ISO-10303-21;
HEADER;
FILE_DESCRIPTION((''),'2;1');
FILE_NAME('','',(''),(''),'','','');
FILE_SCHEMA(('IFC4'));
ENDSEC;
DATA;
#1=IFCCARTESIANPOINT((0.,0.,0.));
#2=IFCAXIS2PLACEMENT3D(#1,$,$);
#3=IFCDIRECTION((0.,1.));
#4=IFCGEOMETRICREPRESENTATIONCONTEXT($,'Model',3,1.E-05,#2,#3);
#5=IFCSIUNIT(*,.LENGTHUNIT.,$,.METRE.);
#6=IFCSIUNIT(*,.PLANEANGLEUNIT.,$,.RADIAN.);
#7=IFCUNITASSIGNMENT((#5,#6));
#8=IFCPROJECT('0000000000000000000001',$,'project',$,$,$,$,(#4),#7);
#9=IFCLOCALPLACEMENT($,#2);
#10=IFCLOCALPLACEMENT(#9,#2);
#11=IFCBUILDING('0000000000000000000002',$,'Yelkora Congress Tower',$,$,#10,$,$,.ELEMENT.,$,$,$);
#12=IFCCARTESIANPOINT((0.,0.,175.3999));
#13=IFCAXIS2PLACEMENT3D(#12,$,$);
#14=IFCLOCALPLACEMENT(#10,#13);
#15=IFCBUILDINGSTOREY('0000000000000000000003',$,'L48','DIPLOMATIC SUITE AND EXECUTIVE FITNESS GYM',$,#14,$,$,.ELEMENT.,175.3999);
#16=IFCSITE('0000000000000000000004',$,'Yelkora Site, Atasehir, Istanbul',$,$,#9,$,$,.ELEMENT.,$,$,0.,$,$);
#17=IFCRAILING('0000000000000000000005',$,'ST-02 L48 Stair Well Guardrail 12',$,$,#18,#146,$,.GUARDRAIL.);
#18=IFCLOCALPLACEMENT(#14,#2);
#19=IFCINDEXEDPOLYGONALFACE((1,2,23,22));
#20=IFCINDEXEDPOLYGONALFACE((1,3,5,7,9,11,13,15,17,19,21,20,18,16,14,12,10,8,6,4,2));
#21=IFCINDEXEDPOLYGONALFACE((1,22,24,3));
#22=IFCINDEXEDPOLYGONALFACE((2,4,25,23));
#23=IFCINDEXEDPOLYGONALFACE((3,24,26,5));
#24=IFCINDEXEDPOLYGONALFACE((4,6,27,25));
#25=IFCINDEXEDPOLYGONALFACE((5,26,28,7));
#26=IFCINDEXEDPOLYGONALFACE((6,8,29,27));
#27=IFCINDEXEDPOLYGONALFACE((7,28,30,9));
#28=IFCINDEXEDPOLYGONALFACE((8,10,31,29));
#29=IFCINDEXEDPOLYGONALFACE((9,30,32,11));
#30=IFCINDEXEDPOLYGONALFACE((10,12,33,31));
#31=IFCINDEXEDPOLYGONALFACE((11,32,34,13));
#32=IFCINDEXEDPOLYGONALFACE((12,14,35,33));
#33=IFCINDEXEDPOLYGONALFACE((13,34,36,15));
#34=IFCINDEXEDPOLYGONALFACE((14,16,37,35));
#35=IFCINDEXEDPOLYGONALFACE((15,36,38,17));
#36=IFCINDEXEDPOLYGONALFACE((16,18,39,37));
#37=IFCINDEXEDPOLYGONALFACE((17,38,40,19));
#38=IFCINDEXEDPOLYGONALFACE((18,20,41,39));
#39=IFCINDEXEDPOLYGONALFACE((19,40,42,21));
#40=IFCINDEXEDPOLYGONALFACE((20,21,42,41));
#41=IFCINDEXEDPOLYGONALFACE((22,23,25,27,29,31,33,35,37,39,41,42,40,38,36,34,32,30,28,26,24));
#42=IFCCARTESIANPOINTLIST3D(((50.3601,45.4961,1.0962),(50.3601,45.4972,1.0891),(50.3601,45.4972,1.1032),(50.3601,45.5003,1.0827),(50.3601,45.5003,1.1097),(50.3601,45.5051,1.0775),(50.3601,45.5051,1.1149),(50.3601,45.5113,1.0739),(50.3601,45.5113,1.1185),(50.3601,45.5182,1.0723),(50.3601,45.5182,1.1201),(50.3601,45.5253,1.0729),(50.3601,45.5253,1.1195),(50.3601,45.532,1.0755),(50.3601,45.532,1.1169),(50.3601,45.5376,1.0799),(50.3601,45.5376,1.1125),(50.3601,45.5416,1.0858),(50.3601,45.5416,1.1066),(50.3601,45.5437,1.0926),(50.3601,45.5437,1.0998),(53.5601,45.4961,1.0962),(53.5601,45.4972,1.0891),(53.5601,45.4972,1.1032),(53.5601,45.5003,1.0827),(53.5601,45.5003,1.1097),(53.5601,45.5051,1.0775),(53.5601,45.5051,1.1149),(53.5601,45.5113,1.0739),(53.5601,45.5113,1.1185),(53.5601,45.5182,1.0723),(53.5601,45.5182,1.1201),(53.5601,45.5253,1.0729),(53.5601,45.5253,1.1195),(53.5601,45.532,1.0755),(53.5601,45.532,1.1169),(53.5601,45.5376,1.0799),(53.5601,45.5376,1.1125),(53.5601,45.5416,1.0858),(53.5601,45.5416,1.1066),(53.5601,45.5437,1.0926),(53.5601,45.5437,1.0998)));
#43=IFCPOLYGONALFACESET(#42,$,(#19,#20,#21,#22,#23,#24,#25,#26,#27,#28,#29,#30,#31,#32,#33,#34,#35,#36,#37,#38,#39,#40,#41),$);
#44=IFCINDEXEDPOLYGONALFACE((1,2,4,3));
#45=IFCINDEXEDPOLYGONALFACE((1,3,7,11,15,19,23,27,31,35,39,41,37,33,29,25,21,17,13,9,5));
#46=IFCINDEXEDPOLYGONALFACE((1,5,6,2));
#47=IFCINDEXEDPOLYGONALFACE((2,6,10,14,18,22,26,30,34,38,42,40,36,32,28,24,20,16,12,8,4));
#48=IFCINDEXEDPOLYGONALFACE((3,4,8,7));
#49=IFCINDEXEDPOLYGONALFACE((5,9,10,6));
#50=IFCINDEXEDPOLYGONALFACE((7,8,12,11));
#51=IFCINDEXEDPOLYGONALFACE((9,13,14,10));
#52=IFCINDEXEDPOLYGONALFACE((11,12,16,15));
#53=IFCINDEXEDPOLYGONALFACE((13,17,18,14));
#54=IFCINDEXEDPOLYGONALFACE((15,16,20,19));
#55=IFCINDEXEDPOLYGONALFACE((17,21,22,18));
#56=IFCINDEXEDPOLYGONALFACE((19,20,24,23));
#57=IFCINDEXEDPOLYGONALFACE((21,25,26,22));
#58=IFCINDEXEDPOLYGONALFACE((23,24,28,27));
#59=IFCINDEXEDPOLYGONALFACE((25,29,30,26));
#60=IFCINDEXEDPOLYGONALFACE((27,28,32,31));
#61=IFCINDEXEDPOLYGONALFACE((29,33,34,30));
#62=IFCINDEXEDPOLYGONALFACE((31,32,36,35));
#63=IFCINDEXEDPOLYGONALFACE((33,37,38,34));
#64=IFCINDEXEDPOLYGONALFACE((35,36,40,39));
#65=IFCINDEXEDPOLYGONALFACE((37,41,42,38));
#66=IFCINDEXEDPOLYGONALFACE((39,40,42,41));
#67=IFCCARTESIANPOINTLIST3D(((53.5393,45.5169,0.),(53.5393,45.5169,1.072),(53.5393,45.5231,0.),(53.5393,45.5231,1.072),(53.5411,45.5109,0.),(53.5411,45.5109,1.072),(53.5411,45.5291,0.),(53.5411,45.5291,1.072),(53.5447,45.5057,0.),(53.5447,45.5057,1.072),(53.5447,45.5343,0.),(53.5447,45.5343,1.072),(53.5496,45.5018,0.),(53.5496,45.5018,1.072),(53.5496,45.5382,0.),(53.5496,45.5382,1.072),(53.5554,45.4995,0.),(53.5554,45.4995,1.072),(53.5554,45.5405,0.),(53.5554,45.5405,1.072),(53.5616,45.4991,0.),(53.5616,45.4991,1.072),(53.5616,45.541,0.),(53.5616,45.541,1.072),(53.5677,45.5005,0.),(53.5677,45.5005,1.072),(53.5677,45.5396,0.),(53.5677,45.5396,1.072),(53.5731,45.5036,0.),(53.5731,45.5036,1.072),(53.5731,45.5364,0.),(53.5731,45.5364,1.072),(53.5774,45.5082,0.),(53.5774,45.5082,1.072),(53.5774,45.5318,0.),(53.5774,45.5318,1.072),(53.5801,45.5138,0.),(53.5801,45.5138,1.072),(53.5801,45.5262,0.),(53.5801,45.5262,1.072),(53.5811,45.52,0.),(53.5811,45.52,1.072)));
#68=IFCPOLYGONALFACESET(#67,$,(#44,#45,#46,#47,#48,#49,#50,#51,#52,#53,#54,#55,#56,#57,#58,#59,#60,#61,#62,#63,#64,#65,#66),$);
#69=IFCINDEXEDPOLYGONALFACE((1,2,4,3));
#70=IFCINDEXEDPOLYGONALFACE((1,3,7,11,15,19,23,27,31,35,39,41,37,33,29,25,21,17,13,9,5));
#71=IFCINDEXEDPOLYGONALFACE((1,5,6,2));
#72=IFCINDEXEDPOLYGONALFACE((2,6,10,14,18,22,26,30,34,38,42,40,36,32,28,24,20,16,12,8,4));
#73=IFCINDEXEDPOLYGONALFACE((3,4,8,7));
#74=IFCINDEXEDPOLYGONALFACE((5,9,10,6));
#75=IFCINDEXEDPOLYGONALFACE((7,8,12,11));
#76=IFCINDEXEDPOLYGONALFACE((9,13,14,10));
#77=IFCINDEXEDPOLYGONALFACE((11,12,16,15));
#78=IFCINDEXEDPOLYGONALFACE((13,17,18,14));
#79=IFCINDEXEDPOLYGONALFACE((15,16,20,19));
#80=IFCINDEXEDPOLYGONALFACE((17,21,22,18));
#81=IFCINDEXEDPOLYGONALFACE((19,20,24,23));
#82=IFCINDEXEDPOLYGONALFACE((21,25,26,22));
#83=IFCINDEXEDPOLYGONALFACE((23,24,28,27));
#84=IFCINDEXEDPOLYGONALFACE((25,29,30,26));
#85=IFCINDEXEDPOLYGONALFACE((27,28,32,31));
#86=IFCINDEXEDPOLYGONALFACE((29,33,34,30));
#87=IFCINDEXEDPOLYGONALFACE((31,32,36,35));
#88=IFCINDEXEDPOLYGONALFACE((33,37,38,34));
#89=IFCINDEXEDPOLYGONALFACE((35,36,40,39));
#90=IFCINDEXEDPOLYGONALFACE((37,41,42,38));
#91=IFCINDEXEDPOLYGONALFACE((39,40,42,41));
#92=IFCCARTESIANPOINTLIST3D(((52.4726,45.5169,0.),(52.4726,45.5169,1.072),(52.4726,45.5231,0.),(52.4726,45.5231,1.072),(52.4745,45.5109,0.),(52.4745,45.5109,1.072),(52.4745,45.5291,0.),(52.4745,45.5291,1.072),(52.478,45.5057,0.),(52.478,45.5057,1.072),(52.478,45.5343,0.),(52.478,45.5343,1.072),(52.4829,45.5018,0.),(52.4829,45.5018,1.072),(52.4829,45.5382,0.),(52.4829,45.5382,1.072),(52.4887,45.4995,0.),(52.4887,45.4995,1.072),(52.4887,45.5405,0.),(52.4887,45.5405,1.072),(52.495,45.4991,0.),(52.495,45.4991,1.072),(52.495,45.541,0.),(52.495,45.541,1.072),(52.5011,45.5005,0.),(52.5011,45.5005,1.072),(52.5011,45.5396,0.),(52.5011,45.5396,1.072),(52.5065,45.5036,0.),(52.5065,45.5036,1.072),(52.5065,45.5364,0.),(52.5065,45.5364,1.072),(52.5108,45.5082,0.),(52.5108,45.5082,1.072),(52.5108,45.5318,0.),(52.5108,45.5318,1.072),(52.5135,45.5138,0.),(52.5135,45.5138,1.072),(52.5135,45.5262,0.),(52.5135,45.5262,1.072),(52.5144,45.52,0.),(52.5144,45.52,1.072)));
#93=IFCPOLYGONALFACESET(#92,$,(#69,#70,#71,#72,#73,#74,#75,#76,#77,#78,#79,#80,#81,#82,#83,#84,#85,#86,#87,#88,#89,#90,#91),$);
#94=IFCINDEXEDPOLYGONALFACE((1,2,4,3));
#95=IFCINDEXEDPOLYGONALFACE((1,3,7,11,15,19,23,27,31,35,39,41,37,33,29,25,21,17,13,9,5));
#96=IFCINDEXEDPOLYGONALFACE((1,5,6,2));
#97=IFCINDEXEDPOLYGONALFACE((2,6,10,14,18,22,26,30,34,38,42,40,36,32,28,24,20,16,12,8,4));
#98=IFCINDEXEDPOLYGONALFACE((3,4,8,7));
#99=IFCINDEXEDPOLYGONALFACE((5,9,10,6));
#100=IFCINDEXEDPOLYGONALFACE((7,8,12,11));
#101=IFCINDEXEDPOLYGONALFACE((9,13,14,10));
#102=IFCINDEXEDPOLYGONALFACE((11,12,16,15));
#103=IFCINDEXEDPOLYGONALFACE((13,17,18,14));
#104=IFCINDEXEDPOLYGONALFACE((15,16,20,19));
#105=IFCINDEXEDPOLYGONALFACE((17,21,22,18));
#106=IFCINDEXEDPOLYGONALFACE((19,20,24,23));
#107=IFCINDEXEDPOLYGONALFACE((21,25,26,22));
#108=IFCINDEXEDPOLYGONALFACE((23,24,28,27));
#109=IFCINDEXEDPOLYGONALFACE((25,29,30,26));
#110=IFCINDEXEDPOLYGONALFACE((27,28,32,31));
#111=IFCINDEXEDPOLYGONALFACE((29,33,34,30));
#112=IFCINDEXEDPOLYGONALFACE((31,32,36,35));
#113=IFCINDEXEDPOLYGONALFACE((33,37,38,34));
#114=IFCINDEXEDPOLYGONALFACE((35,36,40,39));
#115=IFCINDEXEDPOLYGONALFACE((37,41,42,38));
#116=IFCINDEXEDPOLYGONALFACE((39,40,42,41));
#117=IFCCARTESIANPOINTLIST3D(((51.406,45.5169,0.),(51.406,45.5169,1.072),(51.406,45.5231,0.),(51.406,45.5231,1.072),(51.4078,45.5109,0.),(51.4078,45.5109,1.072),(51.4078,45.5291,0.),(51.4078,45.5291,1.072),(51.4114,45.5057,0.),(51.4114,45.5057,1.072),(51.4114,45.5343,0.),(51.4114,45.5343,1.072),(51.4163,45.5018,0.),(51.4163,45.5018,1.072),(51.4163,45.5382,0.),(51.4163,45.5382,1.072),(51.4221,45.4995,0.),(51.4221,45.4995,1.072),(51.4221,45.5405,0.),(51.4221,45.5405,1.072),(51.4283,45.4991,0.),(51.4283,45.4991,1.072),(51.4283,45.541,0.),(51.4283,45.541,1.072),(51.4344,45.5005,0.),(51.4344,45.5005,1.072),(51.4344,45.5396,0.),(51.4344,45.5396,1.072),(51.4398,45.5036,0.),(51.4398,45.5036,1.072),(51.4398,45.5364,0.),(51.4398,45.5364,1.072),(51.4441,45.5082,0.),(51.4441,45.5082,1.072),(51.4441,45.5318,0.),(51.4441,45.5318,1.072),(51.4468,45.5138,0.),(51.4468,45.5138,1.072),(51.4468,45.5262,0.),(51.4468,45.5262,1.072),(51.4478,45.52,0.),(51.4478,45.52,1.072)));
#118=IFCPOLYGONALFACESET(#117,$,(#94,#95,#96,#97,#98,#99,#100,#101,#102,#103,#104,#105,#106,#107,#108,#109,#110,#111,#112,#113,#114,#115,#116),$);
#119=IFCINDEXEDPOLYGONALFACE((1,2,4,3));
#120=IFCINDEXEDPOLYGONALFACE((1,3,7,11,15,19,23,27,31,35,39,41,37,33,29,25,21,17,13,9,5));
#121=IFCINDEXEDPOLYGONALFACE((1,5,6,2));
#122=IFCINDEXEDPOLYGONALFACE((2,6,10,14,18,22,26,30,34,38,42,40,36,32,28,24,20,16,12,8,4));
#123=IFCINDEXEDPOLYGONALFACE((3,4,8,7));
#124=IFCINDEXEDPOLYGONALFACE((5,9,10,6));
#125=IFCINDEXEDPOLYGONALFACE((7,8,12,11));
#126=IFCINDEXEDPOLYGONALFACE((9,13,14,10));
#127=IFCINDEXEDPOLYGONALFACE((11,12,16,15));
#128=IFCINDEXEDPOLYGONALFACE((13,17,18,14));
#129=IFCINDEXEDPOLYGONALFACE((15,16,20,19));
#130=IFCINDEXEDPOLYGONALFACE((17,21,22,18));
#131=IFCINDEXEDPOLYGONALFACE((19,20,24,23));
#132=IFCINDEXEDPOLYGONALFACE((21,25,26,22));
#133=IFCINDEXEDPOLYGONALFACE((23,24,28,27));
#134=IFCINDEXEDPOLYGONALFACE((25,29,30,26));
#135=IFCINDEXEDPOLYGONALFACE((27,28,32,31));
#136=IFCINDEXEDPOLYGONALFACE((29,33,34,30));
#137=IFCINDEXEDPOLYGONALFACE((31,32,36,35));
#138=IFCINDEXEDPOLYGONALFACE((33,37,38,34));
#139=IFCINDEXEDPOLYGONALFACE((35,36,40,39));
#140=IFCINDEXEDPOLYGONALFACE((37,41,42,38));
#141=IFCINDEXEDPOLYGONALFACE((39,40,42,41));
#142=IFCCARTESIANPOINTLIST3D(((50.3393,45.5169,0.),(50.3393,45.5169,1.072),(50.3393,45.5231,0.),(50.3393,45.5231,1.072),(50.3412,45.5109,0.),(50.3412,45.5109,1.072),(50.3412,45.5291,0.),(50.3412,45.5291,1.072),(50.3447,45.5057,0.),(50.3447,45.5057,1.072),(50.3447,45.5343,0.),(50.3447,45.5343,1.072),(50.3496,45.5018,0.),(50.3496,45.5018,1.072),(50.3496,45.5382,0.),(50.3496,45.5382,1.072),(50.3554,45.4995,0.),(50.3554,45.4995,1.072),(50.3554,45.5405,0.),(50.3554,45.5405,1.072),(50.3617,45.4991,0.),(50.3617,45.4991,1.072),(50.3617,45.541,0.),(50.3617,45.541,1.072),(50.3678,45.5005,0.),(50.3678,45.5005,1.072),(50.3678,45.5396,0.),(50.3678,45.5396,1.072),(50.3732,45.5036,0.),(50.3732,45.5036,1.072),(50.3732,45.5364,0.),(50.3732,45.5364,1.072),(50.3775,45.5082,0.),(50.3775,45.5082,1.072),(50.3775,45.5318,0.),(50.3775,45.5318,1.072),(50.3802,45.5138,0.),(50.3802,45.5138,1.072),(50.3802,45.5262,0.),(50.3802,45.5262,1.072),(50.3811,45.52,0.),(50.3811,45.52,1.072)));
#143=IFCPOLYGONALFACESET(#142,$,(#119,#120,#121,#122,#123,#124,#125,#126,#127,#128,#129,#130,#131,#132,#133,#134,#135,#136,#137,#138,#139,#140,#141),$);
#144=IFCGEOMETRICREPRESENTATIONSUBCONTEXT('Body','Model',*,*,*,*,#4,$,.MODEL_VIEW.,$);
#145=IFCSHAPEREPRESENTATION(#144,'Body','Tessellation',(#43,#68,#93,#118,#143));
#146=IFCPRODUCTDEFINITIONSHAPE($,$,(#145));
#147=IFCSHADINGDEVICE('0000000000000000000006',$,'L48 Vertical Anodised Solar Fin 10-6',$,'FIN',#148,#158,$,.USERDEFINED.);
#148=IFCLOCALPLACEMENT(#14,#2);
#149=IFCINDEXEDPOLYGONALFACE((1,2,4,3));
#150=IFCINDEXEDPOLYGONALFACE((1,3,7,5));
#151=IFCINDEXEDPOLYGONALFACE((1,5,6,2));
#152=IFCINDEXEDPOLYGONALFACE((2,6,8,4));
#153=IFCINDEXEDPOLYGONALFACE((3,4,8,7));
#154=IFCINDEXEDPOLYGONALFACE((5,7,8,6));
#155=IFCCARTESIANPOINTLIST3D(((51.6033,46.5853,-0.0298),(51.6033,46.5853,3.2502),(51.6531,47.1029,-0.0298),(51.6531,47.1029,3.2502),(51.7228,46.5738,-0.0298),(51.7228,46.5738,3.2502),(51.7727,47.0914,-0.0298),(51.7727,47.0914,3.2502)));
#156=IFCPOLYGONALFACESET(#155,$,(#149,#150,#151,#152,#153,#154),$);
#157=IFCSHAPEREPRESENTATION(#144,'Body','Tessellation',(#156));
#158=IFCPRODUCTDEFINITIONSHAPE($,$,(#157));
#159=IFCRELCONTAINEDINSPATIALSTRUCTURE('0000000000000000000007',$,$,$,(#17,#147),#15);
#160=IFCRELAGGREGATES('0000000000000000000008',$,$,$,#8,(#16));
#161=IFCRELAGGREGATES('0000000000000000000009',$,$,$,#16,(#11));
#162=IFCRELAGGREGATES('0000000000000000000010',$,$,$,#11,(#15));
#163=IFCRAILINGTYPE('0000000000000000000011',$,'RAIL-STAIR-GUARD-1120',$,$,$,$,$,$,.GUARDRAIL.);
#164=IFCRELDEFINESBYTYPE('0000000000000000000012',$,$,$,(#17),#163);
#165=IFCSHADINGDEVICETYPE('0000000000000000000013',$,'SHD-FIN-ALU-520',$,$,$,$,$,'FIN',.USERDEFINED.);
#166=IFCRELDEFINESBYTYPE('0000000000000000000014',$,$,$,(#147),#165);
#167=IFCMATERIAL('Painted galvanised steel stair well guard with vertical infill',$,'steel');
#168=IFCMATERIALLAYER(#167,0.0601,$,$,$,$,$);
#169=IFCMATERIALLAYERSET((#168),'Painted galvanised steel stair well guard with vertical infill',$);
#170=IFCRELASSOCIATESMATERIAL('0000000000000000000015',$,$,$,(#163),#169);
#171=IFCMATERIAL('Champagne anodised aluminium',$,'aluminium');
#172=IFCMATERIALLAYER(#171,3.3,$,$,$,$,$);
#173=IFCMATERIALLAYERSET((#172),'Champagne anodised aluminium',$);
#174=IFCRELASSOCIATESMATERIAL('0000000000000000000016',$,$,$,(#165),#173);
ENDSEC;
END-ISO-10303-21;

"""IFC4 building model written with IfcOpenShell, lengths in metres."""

from ifc_helpers import new_model, si_unit, direction, frame, origin, origin_2d, place, context, subcontext, project, spatial, rectangle, circle, extrude, material, layer, layer_set, type_object, element, save


model = new_model("IFC4")

# Units and contexts
model_context = context("Model", 3, precision=1e-05, world=origin(), true_north=direction((0.0, 1.0)))
body_context = subcontext(model_context, "Body", "Model", "MODEL_VIEW")
ifc_project = project(units=[si_unit("LENGTHUNIT", "METRE"), si_unit("PLANEANGLEUNIT", "RADIAN")], contexts=[model_context])

# Site, building, storey
site_placement = place(None, origin())
site = spatial("IfcSite", under=ifc_project, at=site_placement, Name="Yelkora Site, Atasehir, Istanbul", CompositionType="ELEMENT", RefElevation=0.0)
building_placement = place(site_placement, origin())
building = spatial("IfcBuilding", under=site, at=building_placement, Name="Yelkora Congress Tower", CompositionType="ELEMENT")
storey_placement = place(building_placement, frame((0.0, 0.0, 175.3999)))
storey = spatial("IfcBuildingStorey", under=building, at=storey_placement, Name="L48", Description="DIPLOMATIC SUITE AND EXECUTIVE FITNESS GYM", CompositionType="ELEMENT", Elevation=175.3999)

# Railing
ifc_material_1 = material(Name="Painted galvanised steel stair well guard with vertical infill", Category="steel")
ifc_layer_1 = layer(ifc_material_1, 0.0601)
ifc_layer_set_1 = layer_set([ifc_layer_1], Name="Painted galvanised steel stair well guard with vertical infill")
railing_type = type_object("IfcRailingType", Name="RAIL-STAIR-GUARD-1120", PredefinedType="GUARDRAIL", material=ifc_layer_set_1)
railing_1_placement = place(storey_placement, frame((53.5601, 45.52, 0.0)))
element("IfcRailing", 1, at=railing_1_placement, inside=storey, type_object=railing_type, Name="ST-02 L48 Stair Well Guardrail 12", PredefinedType="GUARDRAIL", context=body_context, shape_type="SweptSolid", body=[
    extrude(circle(Radius=0.0239, at=origin_2d()), frame((0.0, 0.0, 1.0962), z_axis=(-1.0, 0.0, 0.0), x_axis=(0.0, -1.0, 0.0)), (0.0, 0.0, 1.0), 3.2),
    extrude(circle(Radius=0.021, at=origin_2d()), origin(), (0.0, 0.0, 1.0), 1.072),
    extrude(circle(Radius=0.021, at=origin_2d()), frame((-1.0667, 0.0, 0.0)), (0.0, 0.0, 1.0), 1.072),
    extrude(circle(Radius=0.021, at=origin_2d()), frame((-2.1333, 0.0, 0.0)), (0.0, 0.0, 1.0), 1.072),
    extrude(circle(Radius=0.021, at=origin_2d()), frame((-3.2, 0.0, 0.0)), (0.0, 0.0, 1.0), 1.072),
])

# Shading device
ifc_material_2 = material(Name="Champagne anodised aluminium", Category="aluminium")
ifc_layer_2 = layer(ifc_material_2, 3.3)
ifc_layer_set_2 = layer_set([ifc_layer_2], Name="Champagne anodised aluminium")
shading_device_type = type_object("IfcShadingDeviceType", Name="SHD-FIN-ALU-520", ElementType="FIN", PredefinedType="USERDEFINED", material=ifc_layer_set_2)
shading_device_placement = place(storey_placement, frame((51.688, 46.8384, -0.0298), z_axis=(0.0, 0.0, 1.0), x_axis=(0.995396, -0.095846, 0.0)))
element("IfcShadingDevice", 2, at=shading_device_placement, inside=storey, type_object=shading_device_type, Name="L48 Vertical Anodised Solar Fin 10-6", ObjectType="FIN", PredefinedType="USERDEFINED", context=body_context, shape_type="SweptSolid", body=[
    extrude(rectangle(XDim=0.1201, YDim=0.52, at=origin_2d()), origin(), (0.0, 0.0, 1.0), 3.28),
])

save(model, "model.ifc")
